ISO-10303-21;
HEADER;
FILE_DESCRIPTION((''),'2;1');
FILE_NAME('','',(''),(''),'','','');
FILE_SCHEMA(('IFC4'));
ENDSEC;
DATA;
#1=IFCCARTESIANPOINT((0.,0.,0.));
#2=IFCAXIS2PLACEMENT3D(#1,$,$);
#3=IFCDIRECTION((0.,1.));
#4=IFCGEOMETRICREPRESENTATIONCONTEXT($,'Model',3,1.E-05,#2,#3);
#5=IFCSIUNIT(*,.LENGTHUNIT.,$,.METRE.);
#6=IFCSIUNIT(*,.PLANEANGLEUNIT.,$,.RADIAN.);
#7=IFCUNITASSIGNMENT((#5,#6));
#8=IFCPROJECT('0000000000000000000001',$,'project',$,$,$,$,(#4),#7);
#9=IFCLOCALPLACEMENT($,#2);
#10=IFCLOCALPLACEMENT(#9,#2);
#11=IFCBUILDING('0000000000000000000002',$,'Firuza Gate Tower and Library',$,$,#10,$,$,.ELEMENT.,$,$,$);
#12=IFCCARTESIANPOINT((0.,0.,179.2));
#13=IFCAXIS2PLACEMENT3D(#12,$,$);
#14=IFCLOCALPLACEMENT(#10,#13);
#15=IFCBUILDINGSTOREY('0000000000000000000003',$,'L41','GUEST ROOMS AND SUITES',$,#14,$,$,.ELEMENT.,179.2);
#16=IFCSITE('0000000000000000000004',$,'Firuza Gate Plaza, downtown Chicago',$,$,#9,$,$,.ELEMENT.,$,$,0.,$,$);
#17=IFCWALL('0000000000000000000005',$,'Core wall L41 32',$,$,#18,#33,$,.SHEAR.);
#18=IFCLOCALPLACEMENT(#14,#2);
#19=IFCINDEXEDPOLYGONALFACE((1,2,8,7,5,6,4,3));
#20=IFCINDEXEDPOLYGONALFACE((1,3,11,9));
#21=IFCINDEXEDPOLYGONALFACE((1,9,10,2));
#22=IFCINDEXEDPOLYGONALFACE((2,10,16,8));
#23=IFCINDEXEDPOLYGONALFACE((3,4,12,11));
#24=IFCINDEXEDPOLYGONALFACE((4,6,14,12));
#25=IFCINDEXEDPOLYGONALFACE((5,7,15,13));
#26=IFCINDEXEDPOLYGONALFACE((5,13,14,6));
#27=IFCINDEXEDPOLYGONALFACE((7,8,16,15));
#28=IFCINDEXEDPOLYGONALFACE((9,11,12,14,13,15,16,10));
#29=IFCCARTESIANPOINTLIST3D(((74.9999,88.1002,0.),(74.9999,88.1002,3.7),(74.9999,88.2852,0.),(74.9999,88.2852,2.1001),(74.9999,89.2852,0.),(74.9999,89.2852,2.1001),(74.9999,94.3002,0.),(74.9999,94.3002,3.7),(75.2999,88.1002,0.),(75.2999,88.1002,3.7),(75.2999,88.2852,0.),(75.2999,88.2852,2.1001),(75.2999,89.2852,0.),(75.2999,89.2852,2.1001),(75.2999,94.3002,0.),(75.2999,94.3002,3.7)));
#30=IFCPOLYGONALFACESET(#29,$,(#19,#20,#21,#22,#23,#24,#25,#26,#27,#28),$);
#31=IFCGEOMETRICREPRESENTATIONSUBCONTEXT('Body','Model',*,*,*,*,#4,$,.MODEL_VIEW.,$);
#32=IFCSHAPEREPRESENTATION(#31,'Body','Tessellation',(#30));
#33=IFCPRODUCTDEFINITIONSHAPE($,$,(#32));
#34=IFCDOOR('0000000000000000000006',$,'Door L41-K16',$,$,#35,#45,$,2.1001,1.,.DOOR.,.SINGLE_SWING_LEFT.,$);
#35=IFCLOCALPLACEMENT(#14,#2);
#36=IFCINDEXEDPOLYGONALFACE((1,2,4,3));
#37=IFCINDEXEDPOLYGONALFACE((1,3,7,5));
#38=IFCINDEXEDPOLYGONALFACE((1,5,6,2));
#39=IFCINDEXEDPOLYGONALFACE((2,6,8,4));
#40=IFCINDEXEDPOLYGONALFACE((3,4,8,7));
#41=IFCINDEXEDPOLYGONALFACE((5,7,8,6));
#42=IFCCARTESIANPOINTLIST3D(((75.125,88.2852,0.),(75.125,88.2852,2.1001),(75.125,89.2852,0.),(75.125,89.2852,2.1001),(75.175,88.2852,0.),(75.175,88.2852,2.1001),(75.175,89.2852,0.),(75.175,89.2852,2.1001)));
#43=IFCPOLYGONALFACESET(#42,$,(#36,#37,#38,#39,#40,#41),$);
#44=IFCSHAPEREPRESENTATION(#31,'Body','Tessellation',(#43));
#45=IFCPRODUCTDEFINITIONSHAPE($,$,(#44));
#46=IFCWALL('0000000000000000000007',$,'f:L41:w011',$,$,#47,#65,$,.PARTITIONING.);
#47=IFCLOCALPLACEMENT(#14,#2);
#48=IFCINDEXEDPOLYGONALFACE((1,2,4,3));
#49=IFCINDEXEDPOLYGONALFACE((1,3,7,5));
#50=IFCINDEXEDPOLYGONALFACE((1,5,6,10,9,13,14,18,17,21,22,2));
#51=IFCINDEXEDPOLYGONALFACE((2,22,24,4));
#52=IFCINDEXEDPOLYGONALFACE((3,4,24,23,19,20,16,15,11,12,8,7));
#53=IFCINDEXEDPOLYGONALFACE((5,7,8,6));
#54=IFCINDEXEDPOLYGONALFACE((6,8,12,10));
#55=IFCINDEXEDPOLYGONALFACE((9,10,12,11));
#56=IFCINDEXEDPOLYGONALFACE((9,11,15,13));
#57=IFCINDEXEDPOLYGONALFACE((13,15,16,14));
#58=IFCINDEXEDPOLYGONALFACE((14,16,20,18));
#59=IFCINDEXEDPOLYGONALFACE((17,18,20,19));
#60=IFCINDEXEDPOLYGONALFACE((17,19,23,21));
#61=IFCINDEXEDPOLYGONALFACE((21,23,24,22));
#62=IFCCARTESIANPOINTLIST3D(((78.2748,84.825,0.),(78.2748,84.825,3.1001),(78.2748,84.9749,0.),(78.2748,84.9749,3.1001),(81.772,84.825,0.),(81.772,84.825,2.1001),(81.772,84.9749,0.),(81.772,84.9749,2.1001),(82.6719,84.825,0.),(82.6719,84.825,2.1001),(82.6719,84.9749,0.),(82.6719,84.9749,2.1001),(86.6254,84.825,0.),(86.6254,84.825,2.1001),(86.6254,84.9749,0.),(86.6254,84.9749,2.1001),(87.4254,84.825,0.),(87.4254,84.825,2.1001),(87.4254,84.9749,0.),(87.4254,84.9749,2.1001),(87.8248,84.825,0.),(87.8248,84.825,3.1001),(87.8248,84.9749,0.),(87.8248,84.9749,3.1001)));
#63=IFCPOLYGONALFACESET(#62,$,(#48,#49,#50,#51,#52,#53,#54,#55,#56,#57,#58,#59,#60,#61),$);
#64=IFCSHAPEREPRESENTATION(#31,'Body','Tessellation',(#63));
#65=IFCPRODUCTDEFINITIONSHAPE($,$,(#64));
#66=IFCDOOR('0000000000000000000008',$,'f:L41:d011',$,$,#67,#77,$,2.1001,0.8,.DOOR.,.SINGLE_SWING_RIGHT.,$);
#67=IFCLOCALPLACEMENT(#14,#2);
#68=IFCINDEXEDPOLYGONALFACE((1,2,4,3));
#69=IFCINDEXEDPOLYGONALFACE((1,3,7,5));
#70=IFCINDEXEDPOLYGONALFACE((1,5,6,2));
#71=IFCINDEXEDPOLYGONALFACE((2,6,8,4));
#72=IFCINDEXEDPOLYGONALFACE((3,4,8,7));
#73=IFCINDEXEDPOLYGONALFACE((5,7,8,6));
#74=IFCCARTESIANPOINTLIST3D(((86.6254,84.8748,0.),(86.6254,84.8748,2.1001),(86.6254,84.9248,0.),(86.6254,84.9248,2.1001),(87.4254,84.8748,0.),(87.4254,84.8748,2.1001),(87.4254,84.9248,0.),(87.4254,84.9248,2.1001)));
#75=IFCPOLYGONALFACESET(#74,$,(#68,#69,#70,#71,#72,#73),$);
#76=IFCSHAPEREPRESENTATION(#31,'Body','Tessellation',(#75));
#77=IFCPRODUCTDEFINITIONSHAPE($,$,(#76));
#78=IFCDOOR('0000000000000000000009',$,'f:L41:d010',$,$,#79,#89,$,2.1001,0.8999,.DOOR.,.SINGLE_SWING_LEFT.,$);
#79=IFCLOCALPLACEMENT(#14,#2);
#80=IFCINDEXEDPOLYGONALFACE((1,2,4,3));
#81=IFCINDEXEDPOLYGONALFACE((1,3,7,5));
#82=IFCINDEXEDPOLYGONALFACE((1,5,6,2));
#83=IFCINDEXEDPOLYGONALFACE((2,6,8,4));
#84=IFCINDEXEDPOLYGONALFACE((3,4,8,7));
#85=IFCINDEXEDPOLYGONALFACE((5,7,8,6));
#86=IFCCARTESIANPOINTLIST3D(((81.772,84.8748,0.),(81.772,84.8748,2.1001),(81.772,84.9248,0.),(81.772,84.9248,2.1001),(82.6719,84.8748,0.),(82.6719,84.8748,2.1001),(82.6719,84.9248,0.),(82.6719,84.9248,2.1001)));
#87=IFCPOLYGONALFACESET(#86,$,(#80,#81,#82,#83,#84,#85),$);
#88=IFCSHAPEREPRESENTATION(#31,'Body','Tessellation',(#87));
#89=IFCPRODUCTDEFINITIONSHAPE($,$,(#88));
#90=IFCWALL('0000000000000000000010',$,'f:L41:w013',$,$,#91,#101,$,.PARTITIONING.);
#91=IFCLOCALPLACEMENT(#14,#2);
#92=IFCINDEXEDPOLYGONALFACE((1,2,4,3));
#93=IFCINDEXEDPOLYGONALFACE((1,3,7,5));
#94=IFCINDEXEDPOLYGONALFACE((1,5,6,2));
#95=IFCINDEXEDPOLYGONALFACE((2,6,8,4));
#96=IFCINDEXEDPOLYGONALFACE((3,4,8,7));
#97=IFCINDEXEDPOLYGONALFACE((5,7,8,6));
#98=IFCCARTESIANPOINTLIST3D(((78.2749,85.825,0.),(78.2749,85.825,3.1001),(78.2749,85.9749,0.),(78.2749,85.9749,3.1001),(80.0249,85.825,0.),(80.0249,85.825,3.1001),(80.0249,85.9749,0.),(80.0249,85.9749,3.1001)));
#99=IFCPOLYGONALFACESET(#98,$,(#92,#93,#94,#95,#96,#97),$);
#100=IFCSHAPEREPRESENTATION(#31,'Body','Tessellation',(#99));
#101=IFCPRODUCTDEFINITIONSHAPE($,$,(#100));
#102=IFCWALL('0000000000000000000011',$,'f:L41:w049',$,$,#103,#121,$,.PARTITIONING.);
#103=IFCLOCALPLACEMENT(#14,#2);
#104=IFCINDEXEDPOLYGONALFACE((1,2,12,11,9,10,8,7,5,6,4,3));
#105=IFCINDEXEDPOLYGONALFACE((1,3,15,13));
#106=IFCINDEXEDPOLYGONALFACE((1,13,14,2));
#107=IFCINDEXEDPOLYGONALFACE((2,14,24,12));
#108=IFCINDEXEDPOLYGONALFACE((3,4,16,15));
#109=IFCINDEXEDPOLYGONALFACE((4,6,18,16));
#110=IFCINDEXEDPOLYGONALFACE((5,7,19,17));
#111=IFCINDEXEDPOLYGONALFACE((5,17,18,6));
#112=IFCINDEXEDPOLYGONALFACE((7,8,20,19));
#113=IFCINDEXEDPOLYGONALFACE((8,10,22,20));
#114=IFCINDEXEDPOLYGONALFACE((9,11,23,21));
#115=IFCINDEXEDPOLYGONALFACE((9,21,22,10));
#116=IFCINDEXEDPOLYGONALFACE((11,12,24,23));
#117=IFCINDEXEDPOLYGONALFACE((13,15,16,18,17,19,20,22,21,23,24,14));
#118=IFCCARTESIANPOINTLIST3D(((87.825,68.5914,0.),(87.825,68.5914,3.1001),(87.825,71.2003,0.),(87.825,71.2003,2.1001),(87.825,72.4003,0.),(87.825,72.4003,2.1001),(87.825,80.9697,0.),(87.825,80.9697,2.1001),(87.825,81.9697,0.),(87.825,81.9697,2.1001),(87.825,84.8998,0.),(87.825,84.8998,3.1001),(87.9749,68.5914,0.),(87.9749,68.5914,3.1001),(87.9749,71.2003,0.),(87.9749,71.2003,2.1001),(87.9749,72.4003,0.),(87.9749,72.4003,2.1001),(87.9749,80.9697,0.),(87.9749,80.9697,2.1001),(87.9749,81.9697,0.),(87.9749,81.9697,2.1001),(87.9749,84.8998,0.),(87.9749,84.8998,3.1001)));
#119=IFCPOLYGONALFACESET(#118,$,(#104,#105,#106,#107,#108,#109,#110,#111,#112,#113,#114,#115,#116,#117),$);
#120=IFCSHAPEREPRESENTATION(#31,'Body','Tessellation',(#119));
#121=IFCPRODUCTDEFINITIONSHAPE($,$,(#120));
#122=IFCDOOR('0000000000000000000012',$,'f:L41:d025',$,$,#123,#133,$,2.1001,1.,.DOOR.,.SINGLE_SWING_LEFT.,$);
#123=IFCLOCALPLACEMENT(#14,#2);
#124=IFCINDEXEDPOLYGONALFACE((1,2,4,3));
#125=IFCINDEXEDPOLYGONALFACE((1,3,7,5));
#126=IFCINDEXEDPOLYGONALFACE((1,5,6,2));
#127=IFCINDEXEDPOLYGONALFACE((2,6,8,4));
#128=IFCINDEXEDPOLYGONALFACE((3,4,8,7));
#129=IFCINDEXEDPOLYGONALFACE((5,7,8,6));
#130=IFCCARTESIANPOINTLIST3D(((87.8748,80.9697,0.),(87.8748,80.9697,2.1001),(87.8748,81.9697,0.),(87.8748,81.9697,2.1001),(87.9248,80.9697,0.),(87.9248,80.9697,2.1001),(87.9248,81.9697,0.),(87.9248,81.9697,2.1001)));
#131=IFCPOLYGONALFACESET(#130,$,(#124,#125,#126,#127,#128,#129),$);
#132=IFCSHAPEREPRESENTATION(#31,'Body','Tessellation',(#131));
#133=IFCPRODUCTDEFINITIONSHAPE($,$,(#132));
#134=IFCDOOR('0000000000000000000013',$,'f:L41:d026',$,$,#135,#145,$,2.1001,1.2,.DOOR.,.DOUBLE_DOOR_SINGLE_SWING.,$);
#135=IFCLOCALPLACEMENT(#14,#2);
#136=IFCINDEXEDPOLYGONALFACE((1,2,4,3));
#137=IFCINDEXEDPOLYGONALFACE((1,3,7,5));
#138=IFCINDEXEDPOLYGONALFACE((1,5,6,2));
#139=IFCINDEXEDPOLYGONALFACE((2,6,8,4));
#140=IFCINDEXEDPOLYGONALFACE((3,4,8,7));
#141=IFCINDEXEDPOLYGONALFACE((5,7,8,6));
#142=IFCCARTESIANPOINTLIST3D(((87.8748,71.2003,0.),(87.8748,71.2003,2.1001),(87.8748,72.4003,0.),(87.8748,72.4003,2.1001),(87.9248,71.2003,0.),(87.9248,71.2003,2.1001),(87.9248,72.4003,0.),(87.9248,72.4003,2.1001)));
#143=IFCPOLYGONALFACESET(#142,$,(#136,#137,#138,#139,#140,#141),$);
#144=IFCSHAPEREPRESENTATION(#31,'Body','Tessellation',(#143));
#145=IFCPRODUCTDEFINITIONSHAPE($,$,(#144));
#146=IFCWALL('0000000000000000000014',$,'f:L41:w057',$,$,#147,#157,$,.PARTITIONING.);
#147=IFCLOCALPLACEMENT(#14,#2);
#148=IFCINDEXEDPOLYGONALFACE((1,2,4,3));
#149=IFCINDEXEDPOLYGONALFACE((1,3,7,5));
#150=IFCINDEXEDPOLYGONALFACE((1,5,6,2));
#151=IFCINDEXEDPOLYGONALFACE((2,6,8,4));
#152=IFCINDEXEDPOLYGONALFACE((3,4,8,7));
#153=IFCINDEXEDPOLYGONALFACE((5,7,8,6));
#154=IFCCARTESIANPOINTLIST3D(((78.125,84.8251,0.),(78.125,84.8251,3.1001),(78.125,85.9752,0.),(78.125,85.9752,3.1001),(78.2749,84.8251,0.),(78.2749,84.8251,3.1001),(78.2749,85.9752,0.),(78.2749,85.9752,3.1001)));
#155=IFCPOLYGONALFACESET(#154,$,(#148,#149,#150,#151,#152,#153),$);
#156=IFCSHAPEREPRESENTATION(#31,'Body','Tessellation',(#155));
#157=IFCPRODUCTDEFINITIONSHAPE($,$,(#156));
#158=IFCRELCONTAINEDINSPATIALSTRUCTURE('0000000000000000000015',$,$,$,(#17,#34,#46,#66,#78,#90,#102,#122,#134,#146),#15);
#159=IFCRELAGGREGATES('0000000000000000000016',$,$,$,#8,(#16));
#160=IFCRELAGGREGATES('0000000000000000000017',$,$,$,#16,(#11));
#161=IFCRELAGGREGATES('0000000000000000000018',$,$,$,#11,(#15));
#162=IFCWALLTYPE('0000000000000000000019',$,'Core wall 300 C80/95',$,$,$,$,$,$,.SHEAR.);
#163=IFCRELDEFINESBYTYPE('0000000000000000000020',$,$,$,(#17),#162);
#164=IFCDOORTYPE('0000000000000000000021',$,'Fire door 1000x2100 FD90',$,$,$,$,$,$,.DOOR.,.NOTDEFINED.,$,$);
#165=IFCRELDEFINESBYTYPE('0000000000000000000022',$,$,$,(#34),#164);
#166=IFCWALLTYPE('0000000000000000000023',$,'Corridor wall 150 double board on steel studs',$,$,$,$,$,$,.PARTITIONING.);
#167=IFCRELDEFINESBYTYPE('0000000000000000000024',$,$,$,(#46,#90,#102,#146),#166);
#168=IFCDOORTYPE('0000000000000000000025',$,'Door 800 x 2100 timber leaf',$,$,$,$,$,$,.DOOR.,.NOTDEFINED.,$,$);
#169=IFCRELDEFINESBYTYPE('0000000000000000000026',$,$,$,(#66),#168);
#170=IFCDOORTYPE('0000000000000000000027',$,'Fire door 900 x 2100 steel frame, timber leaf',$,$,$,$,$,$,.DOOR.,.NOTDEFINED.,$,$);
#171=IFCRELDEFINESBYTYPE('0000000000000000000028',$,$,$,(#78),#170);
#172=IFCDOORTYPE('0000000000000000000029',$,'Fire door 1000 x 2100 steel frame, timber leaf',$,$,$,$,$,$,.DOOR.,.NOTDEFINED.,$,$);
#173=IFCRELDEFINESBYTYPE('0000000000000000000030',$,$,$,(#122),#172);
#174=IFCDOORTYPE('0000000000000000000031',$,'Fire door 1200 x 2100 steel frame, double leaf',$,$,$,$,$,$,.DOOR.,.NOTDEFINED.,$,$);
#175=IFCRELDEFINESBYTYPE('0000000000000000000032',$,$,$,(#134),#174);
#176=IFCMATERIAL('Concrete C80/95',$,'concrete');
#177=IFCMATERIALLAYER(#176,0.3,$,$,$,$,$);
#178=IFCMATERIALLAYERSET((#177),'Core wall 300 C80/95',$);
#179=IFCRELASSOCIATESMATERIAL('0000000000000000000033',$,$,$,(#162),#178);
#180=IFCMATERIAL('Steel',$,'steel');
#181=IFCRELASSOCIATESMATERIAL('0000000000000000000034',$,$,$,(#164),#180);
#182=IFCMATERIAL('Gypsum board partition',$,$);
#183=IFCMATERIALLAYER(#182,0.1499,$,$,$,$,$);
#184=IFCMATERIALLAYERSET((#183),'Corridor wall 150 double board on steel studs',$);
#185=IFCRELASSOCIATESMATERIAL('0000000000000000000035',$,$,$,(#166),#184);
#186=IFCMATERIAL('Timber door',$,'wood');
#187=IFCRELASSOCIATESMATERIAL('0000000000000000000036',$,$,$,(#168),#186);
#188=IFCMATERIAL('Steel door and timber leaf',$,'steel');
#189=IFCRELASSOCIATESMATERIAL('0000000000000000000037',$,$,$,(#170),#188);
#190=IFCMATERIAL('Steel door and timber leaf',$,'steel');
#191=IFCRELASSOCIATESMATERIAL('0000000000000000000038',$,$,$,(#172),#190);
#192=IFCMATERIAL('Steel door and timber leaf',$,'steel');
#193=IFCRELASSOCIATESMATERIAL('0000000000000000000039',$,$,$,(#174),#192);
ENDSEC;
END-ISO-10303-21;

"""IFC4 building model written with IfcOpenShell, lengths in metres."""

from ifc_helpers import new_model, si_unit, direction, frame, frame_2d, origin, place, context, subcontext, project, spatial, rectangle, extrude, material, layer, layer_set, type_object, element, fill, save


model = new_model("IFC4")

# Units and contexts
model_context = context("Model", 3, precision=1e-05, world=origin(), true_north=direction((0.0, 1.0)))
body_context = subcontext(model_context, "Body", "Model", "MODEL_VIEW")
ifc_project = project(units=[si_unit("LENGTHUNIT", "METRE"), si_unit("PLANEANGLEUNIT", "RADIAN")], contexts=[model_context])

# Site, building, storey
site_placement = place(None, origin())
site = spatial("IfcSite", under=ifc_project, at=site_placement, Name="Firuza Gate Plaza, downtown Chicago", CompositionType="ELEMENT", RefElevation=0.0)
building_placement = place(site_placement, origin())
building = spatial("IfcBuilding", under=site, at=building_placement, Name="Firuza Gate Tower and Library", CompositionType="ELEMENT")
storey_placement = place(building_placement, frame((0.0, 0.0, 179.2)))
storey = spatial("IfcBuildingStorey", under=building, at=storey_placement, Name="L41", Description="GUEST ROOMS AND SUITES", CompositionType="ELEMENT", Elevation=179.2)

# Shared definitions
ifc_material_1 = material(Name="Concrete C80/95", Category="concrete")
ifc_layer_1 = layer(ifc_material_1, 0.3)
ifc_layer_set_1 = layer_set([ifc_layer_1], Name="Core wall 300 C80/95")
wall_type_1 = type_object("IfcWallType", Name="Core wall 300 C80/95", PredefinedType="SHEAR", material=ifc_layer_set_1)

# Shared definitions
ifc_material_2 = material(Name="Steel", Category="steel")
door_type_1 = type_object("IfcDoorType", Name="Fire door 1000x2100 FD90", OperationType="NOTDEFINED", PredefinedType="DOOR", material=ifc_material_2)

# Wall, opening, door
wall_1_placement = place(storey_placement, frame((75.1499, 88.1001, 0.0), z_axis=(0.0, 0.0, 1.0), x_axis=(0.0, 1.0, 0.0)))
wall_1 = element("IfcWall", 1, at=wall_1_placement, inside=storey, type_object=wall_type_1, Name="Core wall L41 32", PredefinedType="SHEAR", context=body_context, shape_type="SweptSolid", body=[
    extrude(rectangle(XDim=6.2, YDim=0.3, at=frame_2d((3.1001, 0.0))), origin(), (0.0, 0.0, 1.0), 3.7),
])
opening_1_placement = place(wall_1_placement, frame((0.1851, 0.0, 0.0)))
opening_1 = element("IfcOpeningElement", 2, at=opening_1_placement, cuts=wall_1, PredefinedType="OPENING", context=body_context, shape_type="SweptSolid", body=[
    extrude(rectangle(XDim=1.0, YDim=2.1001, at=frame_2d((0.5, 1.05))), frame((0.0, 0.1602, 0.0), z_axis=(0.0, -1.0, 0.0), x_axis=(1.0, 0.0, 0.0)), (0.0, 0.0, 1.0), 0.3201),
])
door_1_placement = place(opening_1_placement, origin())
door_1 = element("IfcDoor", 3, at=door_1_placement, inside=storey, type_object=door_type_1, Name="Door L41-K16", OperationType="SINGLE_SWING_LEFT", OverallHeight=2.1001, OverallWidth=1.0, PredefinedType="DOOR", context=body_context, shape_type="SweptSolid", body=[
    extrude(rectangle(XDim=1.0, YDim=2.1001, at=frame_2d((0.5, 1.05))), frame((0.0, 0.0249, 0.0), z_axis=(0.0, -1.0, 0.0), x_axis=(1.0, 0.0, 0.0)), (0.0, 0.0, 1.0), 0.05),
])
fill(opening_1, door_1)

# Wall, openings, doors
ifc_material_3 = material(Name="Gypsum board partition")
ifc_layer_2 = layer(ifc_material_3, 0.1499)
ifc_layer_set_2 = layer_set([ifc_layer_2], Name="Corridor wall 150 double board on steel studs")
wall_type_2 = type_object("IfcWallType", Name="Corridor wall 150 double board on steel studs", PredefinedType="PARTITIONING", material=ifc_layer_set_2)
wall_2_placement = place(storey_placement, frame((78.2749, 84.8999, 0.0), z_axis=(0.0, 0.0, 1.0), x_axis=(1.0, 0.0, 0.0)))
wall_2 = element("IfcWall", 4, at=wall_2_placement, inside=storey, type_object=wall_type_2, Name="f:L41:w011", PredefinedType="PARTITIONING", context=body_context, shape_type="SweptSolid", body=[
    extrude(rectangle(XDim=9.55, YDim=0.1499, at=frame_2d((4.7749, 0.0))), origin(), (0.0, 0.0, 1.0), 3.1001),
])
opening_2_placement = place(wall_2_placement, frame((3.4971, 0.0, 0.0)))
opening_2 = element("IfcOpeningElement", 5, at=opening_2_placement, cuts=wall_2, PredefinedType="OPENING", context=body_context, shape_type="SweptSolid", body=[
    extrude(rectangle(XDim=0.8999, YDim=2.1001, at=frame_2d((0.45, 1.05))), frame((0.0, 0.085, 0.0), z_axis=(0.0, -1.0, 0.0), x_axis=(1.0, 0.0, 0.0)), (0.0, 0.0, 1.0), 0.1699),
])
opening_3_placement = place(wall_2_placement, frame((8.3506, 0.0, 0.0)))
opening_3 = element("IfcOpeningElement", 6, at=opening_3_placement, cuts=wall_2, PredefinedType="OPENING", context=body_context, shape_type="SweptSolid", body=[
    extrude(rectangle(XDim=0.8, YDim=2.1001, at=frame_2d((0.3999, 1.05))), frame((0.0, 0.085, 0.0), z_axis=(0.0, -1.0, 0.0), x_axis=(1.0, 0.0, 0.0)), (0.0, 0.0, 1.0), 0.1699),
])
ifc_material_4 = material(Name="Timber door", Category="wood")
door_type_2 = type_object("IfcDoorType", Name="Door 800 x 2100 timber leaf", OperationType="NOTDEFINED", PredefinedType="DOOR", material=ifc_material_4)
door_2_placement = place(opening_3_placement, origin())
door_2 = element("IfcDoor", 7, at=door_2_placement, inside=storey, type_object=door_type_2, Name="f:L41:d011", OperationType="SINGLE_SWING_RIGHT", OverallHeight=2.1001, OverallWidth=0.8, PredefinedType="DOOR", context=body_context, shape_type="SweptSolid", body=[
    extrude(rectangle(XDim=0.8, YDim=2.1001, at=frame_2d((0.3999, 1.05))), frame((0.0, 0.0249, 0.0), z_axis=(0.0, -1.0, 0.0), x_axis=(1.0, 0.0, 0.0)), (0.0, 0.0, 1.0), 0.05),
])
fill(opening_3, door_2)
ifc_material_5 = material(Name="Steel door and timber leaf", Category="steel")
door_type_3 = type_object("IfcDoorType", Name="Fire door 900 x 2100 steel frame, timber leaf", OperationType="NOTDEFINED", PredefinedType="DOOR", material=ifc_material_5)
door_3_placement = place(opening_2_placement, origin())
door_3 = element("IfcDoor", 8, at=door_3_placement, inside=storey, type_object=door_type_3, Name="f:L41:d010", OperationType="SINGLE_SWING_LEFT", OverallHeight=2.1001, OverallWidth=0.8999, PredefinedType="DOOR", context=body_context, shape_type="SweptSolid", body=[
    extrude(rectangle(XDim=0.8999, YDim=2.1001, at=frame_2d((0.45, 1.05))), frame((0.0, 0.0249, 0.0), z_axis=(0.0, -1.0, 0.0), x_axis=(1.0, 0.0, 0.0)), (0.0, 0.0, 1.0), 0.05),
])
fill(opening_2, door_3)

# Wall
wall_3_placement = place(storey_placement, frame((78.2749, 85.8999, 0.0), z_axis=(0.0, 0.0, 1.0), x_axis=(1.0, 0.0, 0.0)))
element("IfcWall", 9, at=wall_3_placement, inside=storey, type_object=wall_type_2, Name="f:L41:w013", PredefinedType="PARTITIONING", context=body_context, shape_type="SweptSolid", body=[
    extrude(rectangle(XDim=1.75, YDim=0.1499, at=frame_2d((0.875, 0.0))), origin(), (0.0, 0.0, 1.0), 3.1001),
])

# Wall, openings, doors
wall_4_placement = place(storey_placement, frame((87.8999, 84.8999, 0.0), z_axis=(0.0, 0.0, 1.0), x_axis=(0.0, -1.0, 0.0)))
wall_4 = element("IfcWall", 10, at=wall_4_placement, inside=storey, type_object=wall_type_2, Name="f:L41:w049", PredefinedType="PARTITIONING", context=body_context, shape_type="SweptSolid", body=[
    extrude(rectangle(XDim=16.3083, YDim=0.1499, at=frame_2d((8.1543, 0.0))), origin(), (0.0, 0.0, 1.0), 3.1001),
])
opening_4_placement = place(wall_4_placement, frame((2.9302, 0.0, 0.0)))
opening_4 = element("IfcOpeningElement", 11, at=opening_4_placement, cuts=wall_4, PredefinedType="OPENING", context=body_context, shape_type="SweptSolid", body=[
    extrude(rectangle(XDim=1.0, YDim=2.1001, at=frame_2d((0.5, 1.05))), frame((0.0, 0.085, 0.0), z_axis=(0.0, -1.0, 0.0), x_axis=(1.0, 0.0, 0.0)), (0.0, 0.0, 1.0), 0.1699),
])
opening_5_placement = place(wall_4_placement, frame((12.4995, 0.0, 0.0)))
opening_5 = element("IfcOpeningElement", 12, at=opening_5_placement, cuts=wall_4, PredefinedType="OPENING", context=body_context, shape_type="SweptSolid", body=[
    extrude(rectangle(XDim=1.2, YDim=2.1001, at=frame_2d((0.6001, 1.05))), frame((0.0, 0.085, 0.0), z_axis=(0.0, -1.0, 0.0), x_axis=(1.0, 0.0, 0.0)), (0.0, 0.0, 1.0), 0.1699),
])
ifc_material_6 = material(Name="Steel door and timber leaf", Category="steel")
door_type_4 = type_object("IfcDoorType", Name="Fire door 1000 x 2100 steel frame, timber leaf", OperationType="NOTDEFINED", PredefinedType="DOOR", material=ifc_material_6)
door_4_placement = place(opening_4_placement, origin())
door_4 = element("IfcDoor", 13, at=door_4_placement, inside=storey, type_object=door_type_4, Name="f:L41:d025", OperationType="SINGLE_SWING_LEFT", OverallHeight=2.1001, OverallWidth=1.0, PredefinedType="DOOR", context=body_context, shape_type="SweptSolid", body=[
    extrude(rectangle(XDim=1.0, YDim=2.1001, at=frame_2d((0.5, 1.05))), frame((0.0, 0.0249, 0.0), z_axis=(0.0, -1.0, 0.0), x_axis=(1.0, 0.0, 0.0)), (0.0, 0.0, 1.0), 0.05),
])
fill(opening_4, door_4)
ifc_material_7 = material(Name="Steel door and timber leaf", Category="steel")
door_type_5 = type_object("IfcDoorType", Name="Fire door 1200 x 2100 steel frame, double leaf", OperationType="NOTDEFINED", PredefinedType="DOOR", material=ifc_material_7)
door_5_placement = place(opening_5_placement, origin())
door_5 = element("IfcDoor", 14, at=door_5_placement, inside=storey, type_object=door_type_5, Name="f:L41:d026", OperationType="DOUBLE_DOOR_SINGLE_SWING", OverallHeight=2.1001, OverallWidth=1.2, PredefinedType="DOOR", context=body_context, shape_type="SweptSolid", body=[
    extrude(rectangle(XDim=1.2, YDim=2.1001, at=frame_2d((0.6001, 1.05))), frame((0.0, 0.0249, 0.0), z_axis=(0.0, -1.0, 0.0), x_axis=(1.0, 0.0, 0.0)), (0.0, 0.0, 1.0), 0.05),
])
fill(opening_5, door_5)

# Wall
wall_5_placement = place(storey_placement, frame((78.2, 84.825, 0.0), z_axis=(0.0, 0.0, 1.0), x_axis=(0.0, 1.0, 0.0)))
element("IfcWall", 15, at=wall_5_placement, inside=storey, type_object=wall_type_2, Name="f:L41:w057", PredefinedType="PARTITIONING", context=body_context, shape_type="SweptSolid", body=[
    extrude(rectangle(XDim=1.1501, YDim=0.1499, at=frame_2d((0.5752, 0.0))), origin(), (0.0, 0.0, 1.0), 3.1001),
])

save(model, "model.ifc")
